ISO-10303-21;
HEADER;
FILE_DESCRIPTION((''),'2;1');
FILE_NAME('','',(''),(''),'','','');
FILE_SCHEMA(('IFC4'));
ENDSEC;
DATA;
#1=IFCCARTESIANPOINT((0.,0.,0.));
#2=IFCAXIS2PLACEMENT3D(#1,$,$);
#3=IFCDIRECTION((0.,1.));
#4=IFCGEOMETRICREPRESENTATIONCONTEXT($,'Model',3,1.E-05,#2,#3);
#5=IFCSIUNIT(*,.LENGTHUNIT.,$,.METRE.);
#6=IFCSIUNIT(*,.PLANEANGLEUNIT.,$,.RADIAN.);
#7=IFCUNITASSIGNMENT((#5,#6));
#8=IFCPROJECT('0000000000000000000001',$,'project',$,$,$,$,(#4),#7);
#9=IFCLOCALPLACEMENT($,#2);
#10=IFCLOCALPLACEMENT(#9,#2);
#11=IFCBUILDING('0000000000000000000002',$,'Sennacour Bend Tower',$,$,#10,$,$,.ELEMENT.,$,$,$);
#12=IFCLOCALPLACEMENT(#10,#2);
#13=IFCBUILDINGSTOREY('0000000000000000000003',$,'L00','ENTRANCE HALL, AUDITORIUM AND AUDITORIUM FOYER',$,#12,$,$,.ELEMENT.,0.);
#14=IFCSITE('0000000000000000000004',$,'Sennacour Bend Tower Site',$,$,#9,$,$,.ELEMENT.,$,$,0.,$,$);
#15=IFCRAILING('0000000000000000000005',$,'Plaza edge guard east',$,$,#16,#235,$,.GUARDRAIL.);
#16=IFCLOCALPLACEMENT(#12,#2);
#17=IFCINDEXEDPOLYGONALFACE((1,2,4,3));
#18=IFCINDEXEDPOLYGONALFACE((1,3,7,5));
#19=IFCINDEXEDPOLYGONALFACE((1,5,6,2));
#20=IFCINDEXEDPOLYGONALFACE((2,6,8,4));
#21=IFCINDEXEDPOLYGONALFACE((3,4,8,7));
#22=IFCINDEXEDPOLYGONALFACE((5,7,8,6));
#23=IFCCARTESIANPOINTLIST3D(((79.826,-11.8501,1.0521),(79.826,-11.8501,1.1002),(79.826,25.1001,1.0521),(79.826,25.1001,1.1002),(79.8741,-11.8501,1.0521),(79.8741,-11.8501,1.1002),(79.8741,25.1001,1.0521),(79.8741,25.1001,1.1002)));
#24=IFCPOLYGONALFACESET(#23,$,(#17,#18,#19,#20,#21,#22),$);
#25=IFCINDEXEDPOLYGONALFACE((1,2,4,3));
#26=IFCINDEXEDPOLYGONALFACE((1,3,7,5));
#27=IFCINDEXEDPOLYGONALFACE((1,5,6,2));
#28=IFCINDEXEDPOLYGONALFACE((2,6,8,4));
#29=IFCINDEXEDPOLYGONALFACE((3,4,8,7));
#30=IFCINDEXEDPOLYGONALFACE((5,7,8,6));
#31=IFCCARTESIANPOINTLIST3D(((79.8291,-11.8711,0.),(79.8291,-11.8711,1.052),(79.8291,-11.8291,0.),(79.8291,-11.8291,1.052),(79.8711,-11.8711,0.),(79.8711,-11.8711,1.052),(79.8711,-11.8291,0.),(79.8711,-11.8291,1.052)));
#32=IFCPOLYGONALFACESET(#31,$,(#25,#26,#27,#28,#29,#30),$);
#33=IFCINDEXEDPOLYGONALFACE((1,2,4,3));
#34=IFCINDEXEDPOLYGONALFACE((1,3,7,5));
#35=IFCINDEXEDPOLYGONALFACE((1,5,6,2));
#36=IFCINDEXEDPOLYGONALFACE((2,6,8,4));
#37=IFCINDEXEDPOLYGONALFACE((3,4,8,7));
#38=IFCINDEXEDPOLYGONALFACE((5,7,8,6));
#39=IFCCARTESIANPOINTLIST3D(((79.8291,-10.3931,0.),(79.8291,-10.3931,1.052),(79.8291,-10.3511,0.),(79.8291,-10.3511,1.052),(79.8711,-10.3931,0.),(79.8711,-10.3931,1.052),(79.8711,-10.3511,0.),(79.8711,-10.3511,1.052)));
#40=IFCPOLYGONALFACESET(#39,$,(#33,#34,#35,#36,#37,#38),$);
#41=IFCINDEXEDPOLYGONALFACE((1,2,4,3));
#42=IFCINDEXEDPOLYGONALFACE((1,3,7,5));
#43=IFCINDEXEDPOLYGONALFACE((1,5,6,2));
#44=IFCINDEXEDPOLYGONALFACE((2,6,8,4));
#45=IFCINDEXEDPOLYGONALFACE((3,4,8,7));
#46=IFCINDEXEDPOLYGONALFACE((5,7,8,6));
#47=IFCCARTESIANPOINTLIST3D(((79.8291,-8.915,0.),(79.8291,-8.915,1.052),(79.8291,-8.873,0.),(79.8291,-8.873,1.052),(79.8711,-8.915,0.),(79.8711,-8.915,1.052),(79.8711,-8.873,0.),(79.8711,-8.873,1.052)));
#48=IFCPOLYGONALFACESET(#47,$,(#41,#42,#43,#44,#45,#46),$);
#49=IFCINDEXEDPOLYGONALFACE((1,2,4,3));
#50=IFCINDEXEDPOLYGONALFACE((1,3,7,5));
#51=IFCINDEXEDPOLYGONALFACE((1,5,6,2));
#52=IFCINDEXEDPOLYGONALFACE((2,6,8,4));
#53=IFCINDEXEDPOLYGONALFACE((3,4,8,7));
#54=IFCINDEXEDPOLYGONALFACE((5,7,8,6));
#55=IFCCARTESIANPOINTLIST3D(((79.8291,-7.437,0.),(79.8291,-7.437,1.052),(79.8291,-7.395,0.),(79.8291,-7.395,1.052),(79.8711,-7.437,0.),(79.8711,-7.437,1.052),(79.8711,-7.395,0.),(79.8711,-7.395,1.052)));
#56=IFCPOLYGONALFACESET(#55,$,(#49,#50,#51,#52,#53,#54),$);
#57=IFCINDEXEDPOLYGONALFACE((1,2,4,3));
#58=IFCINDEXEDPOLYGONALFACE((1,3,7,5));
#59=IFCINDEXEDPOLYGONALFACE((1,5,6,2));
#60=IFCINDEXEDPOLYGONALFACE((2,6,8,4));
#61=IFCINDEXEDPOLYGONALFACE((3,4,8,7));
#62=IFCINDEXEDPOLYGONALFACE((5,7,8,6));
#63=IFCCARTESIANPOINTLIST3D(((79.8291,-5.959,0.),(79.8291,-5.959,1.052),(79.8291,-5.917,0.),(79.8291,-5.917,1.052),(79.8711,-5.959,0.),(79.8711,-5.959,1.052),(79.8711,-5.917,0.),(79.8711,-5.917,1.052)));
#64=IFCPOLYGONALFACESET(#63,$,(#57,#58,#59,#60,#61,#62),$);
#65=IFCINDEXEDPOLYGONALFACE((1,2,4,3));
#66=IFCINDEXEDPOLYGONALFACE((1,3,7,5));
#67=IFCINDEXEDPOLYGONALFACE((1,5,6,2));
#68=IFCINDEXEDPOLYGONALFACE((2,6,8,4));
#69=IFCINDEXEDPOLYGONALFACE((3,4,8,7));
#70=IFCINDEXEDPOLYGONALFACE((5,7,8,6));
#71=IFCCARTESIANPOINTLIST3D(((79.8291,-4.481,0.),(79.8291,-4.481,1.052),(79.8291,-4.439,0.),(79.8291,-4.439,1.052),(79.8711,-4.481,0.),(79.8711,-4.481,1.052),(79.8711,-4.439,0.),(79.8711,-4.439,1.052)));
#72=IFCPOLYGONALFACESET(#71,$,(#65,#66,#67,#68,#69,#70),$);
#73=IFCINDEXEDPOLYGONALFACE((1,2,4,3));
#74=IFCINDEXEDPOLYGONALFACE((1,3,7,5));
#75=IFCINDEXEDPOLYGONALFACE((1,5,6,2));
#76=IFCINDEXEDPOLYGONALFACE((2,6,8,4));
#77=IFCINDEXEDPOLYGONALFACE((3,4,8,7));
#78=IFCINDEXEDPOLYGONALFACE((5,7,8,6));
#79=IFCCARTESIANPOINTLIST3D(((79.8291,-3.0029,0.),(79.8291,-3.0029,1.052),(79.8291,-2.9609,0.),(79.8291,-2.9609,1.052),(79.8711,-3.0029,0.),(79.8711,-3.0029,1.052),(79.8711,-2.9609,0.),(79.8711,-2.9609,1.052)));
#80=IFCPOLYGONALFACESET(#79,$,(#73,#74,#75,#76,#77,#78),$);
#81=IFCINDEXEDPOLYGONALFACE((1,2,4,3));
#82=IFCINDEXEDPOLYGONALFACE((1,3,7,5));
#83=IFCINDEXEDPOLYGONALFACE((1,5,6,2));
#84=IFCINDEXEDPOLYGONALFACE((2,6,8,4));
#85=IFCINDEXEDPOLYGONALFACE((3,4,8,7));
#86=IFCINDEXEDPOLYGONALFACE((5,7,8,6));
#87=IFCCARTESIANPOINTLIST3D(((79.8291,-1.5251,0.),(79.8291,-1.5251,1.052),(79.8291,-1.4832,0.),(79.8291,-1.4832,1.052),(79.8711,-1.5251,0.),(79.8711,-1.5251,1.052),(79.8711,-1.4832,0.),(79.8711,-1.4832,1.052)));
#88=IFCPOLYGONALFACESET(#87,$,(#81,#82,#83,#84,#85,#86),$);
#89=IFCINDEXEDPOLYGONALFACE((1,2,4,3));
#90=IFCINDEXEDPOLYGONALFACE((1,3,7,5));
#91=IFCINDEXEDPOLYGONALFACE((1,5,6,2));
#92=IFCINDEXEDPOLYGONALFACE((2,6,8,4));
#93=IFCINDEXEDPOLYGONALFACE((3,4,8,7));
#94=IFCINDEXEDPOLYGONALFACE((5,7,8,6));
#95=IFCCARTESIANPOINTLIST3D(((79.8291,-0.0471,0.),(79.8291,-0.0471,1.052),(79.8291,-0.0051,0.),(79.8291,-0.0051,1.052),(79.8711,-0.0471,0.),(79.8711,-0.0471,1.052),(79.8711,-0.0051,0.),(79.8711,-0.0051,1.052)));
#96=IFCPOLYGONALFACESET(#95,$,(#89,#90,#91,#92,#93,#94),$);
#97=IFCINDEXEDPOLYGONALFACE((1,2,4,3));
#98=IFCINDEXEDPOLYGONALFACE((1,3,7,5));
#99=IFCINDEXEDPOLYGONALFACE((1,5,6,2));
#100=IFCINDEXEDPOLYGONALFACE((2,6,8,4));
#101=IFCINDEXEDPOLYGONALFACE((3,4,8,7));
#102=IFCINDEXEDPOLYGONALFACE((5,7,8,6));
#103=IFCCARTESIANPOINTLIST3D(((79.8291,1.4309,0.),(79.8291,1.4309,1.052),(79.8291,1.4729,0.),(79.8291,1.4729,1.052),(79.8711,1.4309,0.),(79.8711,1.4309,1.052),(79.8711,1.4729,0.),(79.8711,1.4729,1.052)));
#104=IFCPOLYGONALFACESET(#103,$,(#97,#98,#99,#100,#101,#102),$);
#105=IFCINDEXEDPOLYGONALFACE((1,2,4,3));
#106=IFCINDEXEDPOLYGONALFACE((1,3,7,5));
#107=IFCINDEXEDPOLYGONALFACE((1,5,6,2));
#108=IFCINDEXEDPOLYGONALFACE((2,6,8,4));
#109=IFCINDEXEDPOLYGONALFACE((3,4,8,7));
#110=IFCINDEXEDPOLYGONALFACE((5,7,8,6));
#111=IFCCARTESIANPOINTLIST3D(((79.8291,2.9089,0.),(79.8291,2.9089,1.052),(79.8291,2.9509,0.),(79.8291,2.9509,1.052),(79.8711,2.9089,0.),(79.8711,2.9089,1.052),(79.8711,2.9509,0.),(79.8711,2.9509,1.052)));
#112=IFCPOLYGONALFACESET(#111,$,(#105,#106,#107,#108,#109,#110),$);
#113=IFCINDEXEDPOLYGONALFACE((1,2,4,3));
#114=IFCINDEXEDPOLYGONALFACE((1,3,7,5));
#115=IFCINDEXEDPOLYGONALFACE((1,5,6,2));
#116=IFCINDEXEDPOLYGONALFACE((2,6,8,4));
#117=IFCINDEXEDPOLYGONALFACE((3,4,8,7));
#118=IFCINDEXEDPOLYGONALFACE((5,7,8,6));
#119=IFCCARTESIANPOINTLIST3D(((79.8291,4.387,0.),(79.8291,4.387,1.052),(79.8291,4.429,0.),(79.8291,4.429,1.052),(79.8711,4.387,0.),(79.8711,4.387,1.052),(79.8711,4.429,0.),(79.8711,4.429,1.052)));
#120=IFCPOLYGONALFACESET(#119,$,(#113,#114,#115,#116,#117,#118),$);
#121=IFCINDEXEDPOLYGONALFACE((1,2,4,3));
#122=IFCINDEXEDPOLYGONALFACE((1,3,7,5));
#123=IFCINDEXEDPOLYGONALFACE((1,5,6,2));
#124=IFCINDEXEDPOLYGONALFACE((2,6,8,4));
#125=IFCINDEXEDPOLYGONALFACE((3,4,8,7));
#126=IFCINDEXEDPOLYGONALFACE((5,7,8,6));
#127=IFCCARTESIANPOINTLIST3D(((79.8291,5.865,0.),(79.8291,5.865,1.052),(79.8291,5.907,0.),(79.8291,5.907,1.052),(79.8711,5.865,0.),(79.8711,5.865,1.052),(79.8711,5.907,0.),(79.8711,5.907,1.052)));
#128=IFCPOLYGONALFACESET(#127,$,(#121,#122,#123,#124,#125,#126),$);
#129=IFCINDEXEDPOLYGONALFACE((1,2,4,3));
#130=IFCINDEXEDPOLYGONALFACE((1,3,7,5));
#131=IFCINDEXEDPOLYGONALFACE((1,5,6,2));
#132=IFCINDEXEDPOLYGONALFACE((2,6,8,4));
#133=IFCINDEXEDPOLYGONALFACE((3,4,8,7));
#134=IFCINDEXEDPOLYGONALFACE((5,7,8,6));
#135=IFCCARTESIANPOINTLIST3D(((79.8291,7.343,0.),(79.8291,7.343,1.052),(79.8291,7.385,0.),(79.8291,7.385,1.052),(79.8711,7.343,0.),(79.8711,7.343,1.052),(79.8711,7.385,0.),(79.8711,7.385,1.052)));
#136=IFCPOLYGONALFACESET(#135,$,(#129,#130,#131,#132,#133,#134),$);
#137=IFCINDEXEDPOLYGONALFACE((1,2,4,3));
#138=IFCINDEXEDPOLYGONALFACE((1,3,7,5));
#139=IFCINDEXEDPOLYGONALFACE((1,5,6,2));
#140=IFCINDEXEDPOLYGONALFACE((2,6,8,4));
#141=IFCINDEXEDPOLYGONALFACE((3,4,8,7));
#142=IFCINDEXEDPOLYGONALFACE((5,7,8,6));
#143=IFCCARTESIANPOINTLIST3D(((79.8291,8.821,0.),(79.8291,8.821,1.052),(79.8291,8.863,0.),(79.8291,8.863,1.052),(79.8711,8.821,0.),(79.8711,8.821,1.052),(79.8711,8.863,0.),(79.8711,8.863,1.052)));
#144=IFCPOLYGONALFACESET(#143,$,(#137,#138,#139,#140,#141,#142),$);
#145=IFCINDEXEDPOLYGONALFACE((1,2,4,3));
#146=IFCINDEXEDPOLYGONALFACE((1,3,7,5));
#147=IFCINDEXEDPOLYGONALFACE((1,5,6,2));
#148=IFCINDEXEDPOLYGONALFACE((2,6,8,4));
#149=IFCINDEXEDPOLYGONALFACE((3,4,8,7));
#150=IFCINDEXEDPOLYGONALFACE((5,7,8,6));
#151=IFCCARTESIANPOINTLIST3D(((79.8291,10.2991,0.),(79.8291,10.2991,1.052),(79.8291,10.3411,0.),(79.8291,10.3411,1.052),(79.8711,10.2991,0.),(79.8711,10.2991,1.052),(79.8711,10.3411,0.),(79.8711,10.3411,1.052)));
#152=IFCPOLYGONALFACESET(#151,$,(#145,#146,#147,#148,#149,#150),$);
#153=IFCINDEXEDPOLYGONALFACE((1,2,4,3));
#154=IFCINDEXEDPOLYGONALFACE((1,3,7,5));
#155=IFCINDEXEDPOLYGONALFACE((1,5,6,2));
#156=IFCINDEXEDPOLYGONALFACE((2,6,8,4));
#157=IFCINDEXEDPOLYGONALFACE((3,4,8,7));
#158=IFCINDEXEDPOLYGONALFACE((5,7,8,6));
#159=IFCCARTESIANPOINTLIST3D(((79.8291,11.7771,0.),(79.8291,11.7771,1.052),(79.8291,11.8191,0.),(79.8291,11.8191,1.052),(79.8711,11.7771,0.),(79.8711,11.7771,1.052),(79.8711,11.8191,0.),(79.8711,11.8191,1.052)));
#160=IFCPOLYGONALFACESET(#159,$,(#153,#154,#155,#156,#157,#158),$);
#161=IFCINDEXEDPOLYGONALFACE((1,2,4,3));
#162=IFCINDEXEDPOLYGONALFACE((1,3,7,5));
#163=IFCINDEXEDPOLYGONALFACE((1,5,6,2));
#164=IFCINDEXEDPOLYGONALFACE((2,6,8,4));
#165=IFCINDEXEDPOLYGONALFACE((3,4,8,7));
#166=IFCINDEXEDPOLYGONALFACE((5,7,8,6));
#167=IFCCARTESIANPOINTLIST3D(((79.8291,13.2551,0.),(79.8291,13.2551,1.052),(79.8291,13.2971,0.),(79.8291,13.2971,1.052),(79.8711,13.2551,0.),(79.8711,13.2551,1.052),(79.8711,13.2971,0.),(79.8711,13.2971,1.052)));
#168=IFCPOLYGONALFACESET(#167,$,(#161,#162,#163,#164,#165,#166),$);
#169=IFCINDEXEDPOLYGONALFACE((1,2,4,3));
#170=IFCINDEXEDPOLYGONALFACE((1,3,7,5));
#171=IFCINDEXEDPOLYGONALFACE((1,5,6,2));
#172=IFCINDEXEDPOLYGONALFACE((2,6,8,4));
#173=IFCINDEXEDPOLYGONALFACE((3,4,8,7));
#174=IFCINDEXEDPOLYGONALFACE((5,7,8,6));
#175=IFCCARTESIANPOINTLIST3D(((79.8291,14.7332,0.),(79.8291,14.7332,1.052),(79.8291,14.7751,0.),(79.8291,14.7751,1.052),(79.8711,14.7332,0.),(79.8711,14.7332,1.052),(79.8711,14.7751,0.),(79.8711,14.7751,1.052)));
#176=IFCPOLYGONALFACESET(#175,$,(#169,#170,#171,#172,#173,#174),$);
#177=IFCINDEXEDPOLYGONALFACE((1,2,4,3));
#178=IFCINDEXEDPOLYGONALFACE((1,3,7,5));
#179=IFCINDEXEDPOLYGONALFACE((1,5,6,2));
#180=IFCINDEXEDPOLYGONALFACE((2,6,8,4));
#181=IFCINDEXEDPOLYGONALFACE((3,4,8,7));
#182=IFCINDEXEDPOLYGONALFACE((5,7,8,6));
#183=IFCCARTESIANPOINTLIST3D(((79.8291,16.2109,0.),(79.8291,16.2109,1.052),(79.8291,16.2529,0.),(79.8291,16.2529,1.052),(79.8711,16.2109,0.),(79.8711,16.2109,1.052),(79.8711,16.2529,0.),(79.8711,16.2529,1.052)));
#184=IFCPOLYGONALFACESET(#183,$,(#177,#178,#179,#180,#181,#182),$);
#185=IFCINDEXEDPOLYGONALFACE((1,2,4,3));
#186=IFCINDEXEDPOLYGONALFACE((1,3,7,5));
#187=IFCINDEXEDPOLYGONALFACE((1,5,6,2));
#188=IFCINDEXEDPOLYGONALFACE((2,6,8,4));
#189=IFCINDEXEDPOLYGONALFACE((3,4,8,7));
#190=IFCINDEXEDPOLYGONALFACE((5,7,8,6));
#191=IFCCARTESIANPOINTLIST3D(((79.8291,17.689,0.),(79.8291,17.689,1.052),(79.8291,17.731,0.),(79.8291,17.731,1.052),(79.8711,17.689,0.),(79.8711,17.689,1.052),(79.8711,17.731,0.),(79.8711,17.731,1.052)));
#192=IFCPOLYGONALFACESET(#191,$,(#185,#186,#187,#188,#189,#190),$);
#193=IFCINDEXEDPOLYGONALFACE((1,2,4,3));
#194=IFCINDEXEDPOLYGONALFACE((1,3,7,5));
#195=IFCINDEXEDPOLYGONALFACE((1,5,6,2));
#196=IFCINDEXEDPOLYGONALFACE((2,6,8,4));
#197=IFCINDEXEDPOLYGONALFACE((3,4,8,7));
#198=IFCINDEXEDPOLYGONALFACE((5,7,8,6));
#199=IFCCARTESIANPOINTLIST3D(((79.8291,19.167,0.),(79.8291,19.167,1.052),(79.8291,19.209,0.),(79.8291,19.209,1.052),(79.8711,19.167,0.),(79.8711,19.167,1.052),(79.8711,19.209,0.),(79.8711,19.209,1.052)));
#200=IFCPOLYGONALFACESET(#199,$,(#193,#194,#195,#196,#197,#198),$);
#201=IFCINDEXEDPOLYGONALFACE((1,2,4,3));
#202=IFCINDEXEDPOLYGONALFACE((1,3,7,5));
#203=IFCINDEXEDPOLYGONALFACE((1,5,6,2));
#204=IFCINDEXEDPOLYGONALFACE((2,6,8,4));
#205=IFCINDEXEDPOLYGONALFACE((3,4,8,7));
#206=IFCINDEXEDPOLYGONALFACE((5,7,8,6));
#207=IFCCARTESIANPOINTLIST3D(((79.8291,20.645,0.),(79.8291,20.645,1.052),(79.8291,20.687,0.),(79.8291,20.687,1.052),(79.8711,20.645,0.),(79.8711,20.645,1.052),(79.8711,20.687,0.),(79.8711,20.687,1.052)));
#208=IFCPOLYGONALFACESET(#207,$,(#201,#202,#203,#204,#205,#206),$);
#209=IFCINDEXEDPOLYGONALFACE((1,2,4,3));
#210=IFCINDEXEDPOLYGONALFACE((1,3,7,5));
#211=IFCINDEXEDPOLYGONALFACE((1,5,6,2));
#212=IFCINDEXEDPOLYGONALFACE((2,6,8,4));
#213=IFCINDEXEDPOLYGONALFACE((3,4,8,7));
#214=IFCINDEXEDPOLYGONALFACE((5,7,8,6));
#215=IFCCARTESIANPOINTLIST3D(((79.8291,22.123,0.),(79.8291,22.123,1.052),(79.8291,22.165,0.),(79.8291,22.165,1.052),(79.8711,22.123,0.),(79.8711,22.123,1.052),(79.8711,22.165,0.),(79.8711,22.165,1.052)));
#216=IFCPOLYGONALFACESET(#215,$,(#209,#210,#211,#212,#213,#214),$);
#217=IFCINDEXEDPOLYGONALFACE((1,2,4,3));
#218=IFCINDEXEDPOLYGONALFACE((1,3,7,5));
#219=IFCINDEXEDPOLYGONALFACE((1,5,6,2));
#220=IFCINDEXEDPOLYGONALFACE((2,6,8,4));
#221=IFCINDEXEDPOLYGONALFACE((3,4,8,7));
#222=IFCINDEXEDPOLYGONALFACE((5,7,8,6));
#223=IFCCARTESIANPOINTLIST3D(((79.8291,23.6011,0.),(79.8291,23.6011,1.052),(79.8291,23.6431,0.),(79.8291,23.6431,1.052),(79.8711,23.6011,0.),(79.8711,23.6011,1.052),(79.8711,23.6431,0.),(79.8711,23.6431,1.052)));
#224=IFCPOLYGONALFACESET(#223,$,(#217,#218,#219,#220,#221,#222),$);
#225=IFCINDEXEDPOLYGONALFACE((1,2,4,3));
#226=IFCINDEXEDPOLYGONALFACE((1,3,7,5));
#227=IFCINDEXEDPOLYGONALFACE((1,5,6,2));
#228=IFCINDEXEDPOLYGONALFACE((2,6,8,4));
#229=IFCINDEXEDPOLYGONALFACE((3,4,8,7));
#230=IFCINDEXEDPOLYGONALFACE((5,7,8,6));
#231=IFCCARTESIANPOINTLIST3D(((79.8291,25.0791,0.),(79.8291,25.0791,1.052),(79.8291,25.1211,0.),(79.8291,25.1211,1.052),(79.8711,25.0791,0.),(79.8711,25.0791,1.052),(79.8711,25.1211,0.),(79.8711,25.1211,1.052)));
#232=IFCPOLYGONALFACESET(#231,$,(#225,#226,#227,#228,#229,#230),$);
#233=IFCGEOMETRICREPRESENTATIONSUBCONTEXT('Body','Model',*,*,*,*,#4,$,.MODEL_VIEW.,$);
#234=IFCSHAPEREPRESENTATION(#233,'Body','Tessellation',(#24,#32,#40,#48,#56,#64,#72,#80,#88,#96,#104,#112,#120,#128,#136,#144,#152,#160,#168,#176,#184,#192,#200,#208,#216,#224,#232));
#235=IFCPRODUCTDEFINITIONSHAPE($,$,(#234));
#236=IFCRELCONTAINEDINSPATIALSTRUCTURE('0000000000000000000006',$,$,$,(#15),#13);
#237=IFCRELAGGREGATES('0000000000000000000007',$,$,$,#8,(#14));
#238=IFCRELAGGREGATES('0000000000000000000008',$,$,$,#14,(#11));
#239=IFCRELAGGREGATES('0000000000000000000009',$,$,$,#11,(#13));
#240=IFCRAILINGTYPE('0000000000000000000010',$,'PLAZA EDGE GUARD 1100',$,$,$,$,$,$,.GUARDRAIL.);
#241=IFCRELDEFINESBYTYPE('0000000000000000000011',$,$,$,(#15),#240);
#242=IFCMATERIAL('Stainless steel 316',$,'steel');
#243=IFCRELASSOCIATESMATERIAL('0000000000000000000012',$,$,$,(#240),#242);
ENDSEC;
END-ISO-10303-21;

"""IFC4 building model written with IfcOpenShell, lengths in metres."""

from ifc_helpers import new_model, si_unit, direction, frame, origin, origin_2d, place, context, subcontext, project, spatial, rectangle, extrude, material, type_object, element, save


model = new_model("IFC4")

# Units and contexts
model_context = context("Model", 3, precision=1e-05, world=origin(), true_north=direction((0.0, 1.0)))
body_context = subcontext(model_context, "Body", "Model", "MODEL_VIEW")
ifc_project = project(units=[si_unit("LENGTHUNIT", "METRE"), si_unit("PLANEANGLEUNIT", "RADIAN")], contexts=[model_context])

# Site, building, storey
site_placement = place(None, origin())
site = spatial("IfcSite", under=ifc_project, at=site_placement, Name="Sennacour Bend Tower Site", CompositionType="ELEMENT", RefElevation=0.0)
building_placement = place(site_placement, origin())
building = spatial("IfcBuilding", under=site, at=building_placement, Name="Sennacour Bend Tower", CompositionType="ELEMENT")
storey_placement = place(building_placement, origin())
storey = spatial("IfcBuildingStorey", under=building, at=storey_placement, Name="L00", Description="ENTRANCE HALL, AUDITORIUM AND AUDITORIUM FOYER", CompositionType="ELEMENT", Elevation=0.0)

# Railing
ifc_material_1 = material(Name="Stainless steel 316", Category="steel")
railing_type_1 = type_object("IfcRailingType", Name="PLAZA EDGE GUARD 1100", PredefinedType="GUARDRAIL", material=ifc_material_1)
railing_1_placement = place(storey_placement, frame((79.8501, -11.8501, 0.0)))
element("IfcRailing", 1, at=railing_1_placement, inside=storey, type_object=railing_type_1, Name="Plaza edge guard east", PredefinedType="GUARDRAIL", context=body_context, shape_type="SweptSolid", body=[
    extrude(rectangle(XDim=0.0481, YDim=0.0481, at=origin_2d()), frame((0.0, 0.0, 1.0762), z_axis=(0.0, 1.0, 0.0), x_axis=(-1.0, 0.0, 0.0)), (0.0, 0.0, 1.0), 36.9502),
    extrude(rectangle(XDim=0.042, YDim=0.042, at=origin_2d()), origin(), (0.0, 0.0, 1.0), 1.052),
    extrude(rectangle(XDim=0.042, YDim=0.042, at=origin_2d()), frame((0.0, 1.478, 0.0)), (0.0, 0.0, 1.0), 1.052),
    extrude(rectangle(XDim=0.042, YDim=0.042, at=origin_2d()), frame((0.0, 2.9561, 0.0)), (0.0, 0.0, 1.0), 1.052),
    extrude(rectangle(XDim=0.042, YDim=0.042, at=origin_2d()), frame((0.0, 4.4341, 0.0)), (0.0, 0.0, 1.0), 1.052),
    extrude(rectangle(XDim=0.042, YDim=0.042, at=origin_2d()), frame((0.0, 5.9121, 0.0)), (0.0, 0.0, 1.0), 1.052),
    extrude(rectangle(XDim=0.042, YDim=0.042, at=origin_2d()), frame((0.0, 7.3901, 0.0)), (0.0, 0.0, 1.0), 1.052),
    extrude(rectangle(XDim=0.042, YDim=0.042, at=origin_2d()), frame((0.0, 8.8682, 0.0)), (0.0, 0.0, 1.0), 1.052),
    extrude(rectangle(XDim=0.042, YDim=0.042, at=origin_2d()), frame((0.0, 10.3459, 0.0)), (0.0, 0.0, 1.0), 1.052),
    extrude(rectangle(XDim=0.042, YDim=0.042, at=origin_2d()), frame((0.0, 11.824, 0.0)), (0.0, 0.0, 1.0), 1.052),
    extrude(rectangle(XDim=0.042, YDim=0.042, at=origin_2d()), frame((0.0, 13.302, 0.0)), (0.0, 0.0, 1.0), 1.052),
    extrude(rectangle(XDim=0.042, YDim=0.042, at=origin_2d()), frame((0.0, 14.78, 0.0)), (0.0, 0.0, 1.0), 1.052),
    extrude(rectangle(XDim=0.042, YDim=0.042, at=origin_2d()), frame((0.0, 16.2581, 0.0)), (0.0, 0.0, 1.0), 1.052),
    extrude(rectangle(XDim=0.042, YDim=0.042, at=origin_2d()), frame((0.0, 17.7361, 0.0)), (0.0, 0.0, 1.0), 1.052),
    extrude(rectangle(XDim=0.042, YDim=0.042, at=origin_2d()), frame((0.0, 19.2141, 0.0)), (0.0, 0.0, 1.0), 1.052),
    extrude(rectangle(XDim=0.042, YDim=0.042, at=origin_2d()), frame((0.0, 20.6921, 0.0)), (0.0, 0.0, 1.0), 1.052),
    extrude(rectangle(XDim=0.042, YDim=0.042, at=origin_2d()), frame((0.0, 22.1702, 0.0)), (0.0, 0.0, 1.0), 1.052),
    extrude(rectangle(XDim=0.042, YDim=0.042, at=origin_2d()), frame((0.0, 23.6482, 0.0)), (0.0, 0.0, 1.0), 1.052),
    extrude(rectangle(XDim=0.042, YDim=0.042, at=origin_2d()), frame((0.0, 25.1262, 0.0)), (0.0, 0.0, 1.0), 1.052),
    extrude(rectangle(XDim=0.042, YDim=0.042, at=origin_2d()), frame((0.0, 26.6042, 0.0)), (0.0, 0.0, 1.0), 1.052),
    extrude(rectangle(XDim=0.042, YDim=0.042, at=origin_2d()), frame((0.0, 28.082, 0.0)), (0.0, 0.0, 1.0), 1.052),
    extrude(rectangle(XDim=0.042, YDim=0.042, at=origin_2d()), frame((0.0, 29.5601, 0.0)), (0.0, 0.0, 1.0), 1.052),
    extrude(rectangle(XDim=0.042, YDim=0.042, at=origin_2d()), frame((0.0, 31.0381, 0.0)), (0.0, 0.0, 1.0), 1.052),
    extrude(rectangle(XDim=0.042, YDim=0.042, at=origin_2d()), frame((0.0, 32.5161, 0.0)), (0.0, 0.0, 1.0), 1.052),
    extrude(rectangle(XDim=0.042, YDim=0.042, at=origin_2d()), frame((0.0, 33.9941, 0.0)), (0.0, 0.0, 1.0), 1.052),
    extrude(rectangle(XDim=0.042, YDim=0.042, at=origin_2d()), frame((0.0, 35.4722, 0.0)), (0.0, 0.0, 1.0), 1.052),
    extrude(rectangle(XDim=0.042, YDim=0.042, at=origin_2d()), frame((0.0, 36.9502, 0.0)), (0.0, 0.0, 1.0), 1.052),
])

save(model, "model.ifc")
